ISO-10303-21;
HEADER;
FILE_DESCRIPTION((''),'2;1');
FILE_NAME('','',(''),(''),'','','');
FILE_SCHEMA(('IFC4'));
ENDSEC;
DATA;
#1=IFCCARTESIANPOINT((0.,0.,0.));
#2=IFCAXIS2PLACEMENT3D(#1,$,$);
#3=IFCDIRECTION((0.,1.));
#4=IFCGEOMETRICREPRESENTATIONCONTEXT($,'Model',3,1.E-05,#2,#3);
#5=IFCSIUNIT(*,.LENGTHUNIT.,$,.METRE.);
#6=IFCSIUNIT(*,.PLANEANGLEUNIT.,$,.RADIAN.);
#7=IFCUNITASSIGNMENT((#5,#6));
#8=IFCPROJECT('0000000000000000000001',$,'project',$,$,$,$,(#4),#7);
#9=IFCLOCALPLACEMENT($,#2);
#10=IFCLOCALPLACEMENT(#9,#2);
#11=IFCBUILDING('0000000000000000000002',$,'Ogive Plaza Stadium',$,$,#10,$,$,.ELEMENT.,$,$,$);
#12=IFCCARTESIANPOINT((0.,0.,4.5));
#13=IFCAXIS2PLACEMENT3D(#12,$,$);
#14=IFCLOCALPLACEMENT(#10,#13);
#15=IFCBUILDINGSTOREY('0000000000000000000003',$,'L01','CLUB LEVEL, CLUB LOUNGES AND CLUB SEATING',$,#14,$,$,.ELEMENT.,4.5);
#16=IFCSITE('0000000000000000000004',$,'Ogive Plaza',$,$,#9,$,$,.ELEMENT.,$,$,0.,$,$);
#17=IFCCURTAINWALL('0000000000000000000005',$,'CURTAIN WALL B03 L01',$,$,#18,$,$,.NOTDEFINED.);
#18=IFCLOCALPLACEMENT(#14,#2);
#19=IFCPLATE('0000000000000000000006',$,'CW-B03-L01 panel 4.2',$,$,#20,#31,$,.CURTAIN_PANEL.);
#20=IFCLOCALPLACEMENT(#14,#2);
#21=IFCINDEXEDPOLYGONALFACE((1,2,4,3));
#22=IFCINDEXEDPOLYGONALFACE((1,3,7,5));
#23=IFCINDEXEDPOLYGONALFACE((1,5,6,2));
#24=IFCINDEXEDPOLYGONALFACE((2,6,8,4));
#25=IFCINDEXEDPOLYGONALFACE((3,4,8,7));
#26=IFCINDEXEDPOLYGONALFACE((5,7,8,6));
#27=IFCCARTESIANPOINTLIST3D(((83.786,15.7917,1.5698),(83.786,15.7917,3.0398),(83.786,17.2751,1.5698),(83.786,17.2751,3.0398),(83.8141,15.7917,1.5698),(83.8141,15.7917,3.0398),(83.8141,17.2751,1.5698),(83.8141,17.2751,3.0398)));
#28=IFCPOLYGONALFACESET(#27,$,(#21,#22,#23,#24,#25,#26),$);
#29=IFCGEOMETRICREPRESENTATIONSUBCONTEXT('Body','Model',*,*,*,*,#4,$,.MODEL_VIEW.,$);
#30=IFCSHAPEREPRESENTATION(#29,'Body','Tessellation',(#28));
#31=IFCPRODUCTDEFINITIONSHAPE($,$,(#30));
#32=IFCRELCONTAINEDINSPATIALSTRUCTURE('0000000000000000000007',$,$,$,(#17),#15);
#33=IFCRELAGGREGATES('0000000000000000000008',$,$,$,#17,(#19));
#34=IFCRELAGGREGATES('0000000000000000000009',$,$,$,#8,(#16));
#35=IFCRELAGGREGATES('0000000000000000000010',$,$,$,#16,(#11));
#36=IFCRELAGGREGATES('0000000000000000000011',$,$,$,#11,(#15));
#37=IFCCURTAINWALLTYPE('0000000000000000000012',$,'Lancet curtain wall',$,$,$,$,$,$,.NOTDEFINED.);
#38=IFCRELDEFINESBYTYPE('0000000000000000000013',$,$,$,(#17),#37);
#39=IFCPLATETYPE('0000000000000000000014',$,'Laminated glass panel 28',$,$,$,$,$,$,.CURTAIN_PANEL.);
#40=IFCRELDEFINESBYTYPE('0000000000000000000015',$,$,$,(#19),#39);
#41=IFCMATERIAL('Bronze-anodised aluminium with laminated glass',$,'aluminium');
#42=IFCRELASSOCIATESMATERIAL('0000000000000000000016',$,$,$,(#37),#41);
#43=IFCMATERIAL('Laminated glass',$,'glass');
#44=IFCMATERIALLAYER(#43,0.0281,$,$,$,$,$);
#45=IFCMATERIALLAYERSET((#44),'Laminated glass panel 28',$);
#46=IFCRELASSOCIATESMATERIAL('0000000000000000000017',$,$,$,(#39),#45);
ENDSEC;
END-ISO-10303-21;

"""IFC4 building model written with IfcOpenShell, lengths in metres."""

from ifc_helpers import new_model, si_unit, direction, frame, origin, origin_2d, place, context, subcontext, project, spatial, rectangle, extrude, material, layer, layer_set, type_object, element, aggregate, save


model = new_model("IFC4")

# Units and contexts
model_context = context("Model", 3, precision=1e-05, world=origin(), true_north=direction((0.0, 1.0)))
body_context = subcontext(model_context, "Body", "Model", "MODEL_VIEW")
ifc_project = project(units=[si_unit("LENGTHUNIT", "METRE"), si_unit("PLANEANGLEUNIT", "RADIAN")], contexts=[model_context])

# Site, building, storey
site_placement = place(None, origin())
site = spatial("IfcSite", under=ifc_project, at=site_placement, Name="Ogive Plaza", CompositionType="ELEMENT", RefElevation=0.0)
building_placement = place(site_placement, origin())
building = spatial("IfcBuilding", under=site, at=building_placement, Name="Ogive Plaza Stadium", CompositionType="ELEMENT")
storey_placement = place(building_placement, frame((0.0, 0.0, 4.5)))
storey = spatial("IfcBuildingStorey", under=building, at=storey_placement, Name="L01", Description="CLUB LEVEL, CLUB LOUNGES AND CLUB SEATING", CompositionType="ELEMENT", Elevation=4.5)

# Shared definitions
ifc_material_1 = material(Name="Bronze-anodised aluminium with laminated glass", Category="aluminium")
curtain_wall_type = type_object("IfcCurtainWallType", Name="Lancet curtain wall", PredefinedType="NOTDEFINED", material=ifc_material_1)

# Curtain wall
curtain_wall_1_placement = place(storey_placement, origin())
curtain_wall_1 = element("IfcCurtainWall", 1, at=curtain_wall_1_placement, inside=storey, type_object=curtain_wall_type, Name="CURTAIN WALL B03 L01", PredefinedType="NOTDEFINED")

# Plate
ifc_material_2 = material(Name="Laminated glass", Category="glass")
ifc_layer = layer(ifc_material_2, 0.0281)
ifc_layer_set = layer_set([ifc_layer], Name="Laminated glass panel 28")
plate_type = type_object("IfcPlateType", Name="Laminated glass panel 28", PredefinedType="CURTAIN_PANEL", material=ifc_layer_set)
plate_1_placement = place(storey_placement, frame((83.8, 16.5334, 1.5698), z_axis=(0.0, 0.0, 1.0), x_axis=(0.0, -1.0, 0.0)))
plate_1 = element("IfcPlate", 2, at=plate_1_placement, type_object=plate_type, Name="CW-B03-L01 panel 4.2", PredefinedType="CURTAIN_PANEL", context=body_context, shape_type="SweptSolid", body=[
    extrude(rectangle(XDim=1.4834, YDim=0.0281, at=origin_2d()), origin(), (0.0, 0.0, 1.0), 1.47),
])
aggregate(curtain_wall_1, [plate_1])

save(model, "model.ifc")
